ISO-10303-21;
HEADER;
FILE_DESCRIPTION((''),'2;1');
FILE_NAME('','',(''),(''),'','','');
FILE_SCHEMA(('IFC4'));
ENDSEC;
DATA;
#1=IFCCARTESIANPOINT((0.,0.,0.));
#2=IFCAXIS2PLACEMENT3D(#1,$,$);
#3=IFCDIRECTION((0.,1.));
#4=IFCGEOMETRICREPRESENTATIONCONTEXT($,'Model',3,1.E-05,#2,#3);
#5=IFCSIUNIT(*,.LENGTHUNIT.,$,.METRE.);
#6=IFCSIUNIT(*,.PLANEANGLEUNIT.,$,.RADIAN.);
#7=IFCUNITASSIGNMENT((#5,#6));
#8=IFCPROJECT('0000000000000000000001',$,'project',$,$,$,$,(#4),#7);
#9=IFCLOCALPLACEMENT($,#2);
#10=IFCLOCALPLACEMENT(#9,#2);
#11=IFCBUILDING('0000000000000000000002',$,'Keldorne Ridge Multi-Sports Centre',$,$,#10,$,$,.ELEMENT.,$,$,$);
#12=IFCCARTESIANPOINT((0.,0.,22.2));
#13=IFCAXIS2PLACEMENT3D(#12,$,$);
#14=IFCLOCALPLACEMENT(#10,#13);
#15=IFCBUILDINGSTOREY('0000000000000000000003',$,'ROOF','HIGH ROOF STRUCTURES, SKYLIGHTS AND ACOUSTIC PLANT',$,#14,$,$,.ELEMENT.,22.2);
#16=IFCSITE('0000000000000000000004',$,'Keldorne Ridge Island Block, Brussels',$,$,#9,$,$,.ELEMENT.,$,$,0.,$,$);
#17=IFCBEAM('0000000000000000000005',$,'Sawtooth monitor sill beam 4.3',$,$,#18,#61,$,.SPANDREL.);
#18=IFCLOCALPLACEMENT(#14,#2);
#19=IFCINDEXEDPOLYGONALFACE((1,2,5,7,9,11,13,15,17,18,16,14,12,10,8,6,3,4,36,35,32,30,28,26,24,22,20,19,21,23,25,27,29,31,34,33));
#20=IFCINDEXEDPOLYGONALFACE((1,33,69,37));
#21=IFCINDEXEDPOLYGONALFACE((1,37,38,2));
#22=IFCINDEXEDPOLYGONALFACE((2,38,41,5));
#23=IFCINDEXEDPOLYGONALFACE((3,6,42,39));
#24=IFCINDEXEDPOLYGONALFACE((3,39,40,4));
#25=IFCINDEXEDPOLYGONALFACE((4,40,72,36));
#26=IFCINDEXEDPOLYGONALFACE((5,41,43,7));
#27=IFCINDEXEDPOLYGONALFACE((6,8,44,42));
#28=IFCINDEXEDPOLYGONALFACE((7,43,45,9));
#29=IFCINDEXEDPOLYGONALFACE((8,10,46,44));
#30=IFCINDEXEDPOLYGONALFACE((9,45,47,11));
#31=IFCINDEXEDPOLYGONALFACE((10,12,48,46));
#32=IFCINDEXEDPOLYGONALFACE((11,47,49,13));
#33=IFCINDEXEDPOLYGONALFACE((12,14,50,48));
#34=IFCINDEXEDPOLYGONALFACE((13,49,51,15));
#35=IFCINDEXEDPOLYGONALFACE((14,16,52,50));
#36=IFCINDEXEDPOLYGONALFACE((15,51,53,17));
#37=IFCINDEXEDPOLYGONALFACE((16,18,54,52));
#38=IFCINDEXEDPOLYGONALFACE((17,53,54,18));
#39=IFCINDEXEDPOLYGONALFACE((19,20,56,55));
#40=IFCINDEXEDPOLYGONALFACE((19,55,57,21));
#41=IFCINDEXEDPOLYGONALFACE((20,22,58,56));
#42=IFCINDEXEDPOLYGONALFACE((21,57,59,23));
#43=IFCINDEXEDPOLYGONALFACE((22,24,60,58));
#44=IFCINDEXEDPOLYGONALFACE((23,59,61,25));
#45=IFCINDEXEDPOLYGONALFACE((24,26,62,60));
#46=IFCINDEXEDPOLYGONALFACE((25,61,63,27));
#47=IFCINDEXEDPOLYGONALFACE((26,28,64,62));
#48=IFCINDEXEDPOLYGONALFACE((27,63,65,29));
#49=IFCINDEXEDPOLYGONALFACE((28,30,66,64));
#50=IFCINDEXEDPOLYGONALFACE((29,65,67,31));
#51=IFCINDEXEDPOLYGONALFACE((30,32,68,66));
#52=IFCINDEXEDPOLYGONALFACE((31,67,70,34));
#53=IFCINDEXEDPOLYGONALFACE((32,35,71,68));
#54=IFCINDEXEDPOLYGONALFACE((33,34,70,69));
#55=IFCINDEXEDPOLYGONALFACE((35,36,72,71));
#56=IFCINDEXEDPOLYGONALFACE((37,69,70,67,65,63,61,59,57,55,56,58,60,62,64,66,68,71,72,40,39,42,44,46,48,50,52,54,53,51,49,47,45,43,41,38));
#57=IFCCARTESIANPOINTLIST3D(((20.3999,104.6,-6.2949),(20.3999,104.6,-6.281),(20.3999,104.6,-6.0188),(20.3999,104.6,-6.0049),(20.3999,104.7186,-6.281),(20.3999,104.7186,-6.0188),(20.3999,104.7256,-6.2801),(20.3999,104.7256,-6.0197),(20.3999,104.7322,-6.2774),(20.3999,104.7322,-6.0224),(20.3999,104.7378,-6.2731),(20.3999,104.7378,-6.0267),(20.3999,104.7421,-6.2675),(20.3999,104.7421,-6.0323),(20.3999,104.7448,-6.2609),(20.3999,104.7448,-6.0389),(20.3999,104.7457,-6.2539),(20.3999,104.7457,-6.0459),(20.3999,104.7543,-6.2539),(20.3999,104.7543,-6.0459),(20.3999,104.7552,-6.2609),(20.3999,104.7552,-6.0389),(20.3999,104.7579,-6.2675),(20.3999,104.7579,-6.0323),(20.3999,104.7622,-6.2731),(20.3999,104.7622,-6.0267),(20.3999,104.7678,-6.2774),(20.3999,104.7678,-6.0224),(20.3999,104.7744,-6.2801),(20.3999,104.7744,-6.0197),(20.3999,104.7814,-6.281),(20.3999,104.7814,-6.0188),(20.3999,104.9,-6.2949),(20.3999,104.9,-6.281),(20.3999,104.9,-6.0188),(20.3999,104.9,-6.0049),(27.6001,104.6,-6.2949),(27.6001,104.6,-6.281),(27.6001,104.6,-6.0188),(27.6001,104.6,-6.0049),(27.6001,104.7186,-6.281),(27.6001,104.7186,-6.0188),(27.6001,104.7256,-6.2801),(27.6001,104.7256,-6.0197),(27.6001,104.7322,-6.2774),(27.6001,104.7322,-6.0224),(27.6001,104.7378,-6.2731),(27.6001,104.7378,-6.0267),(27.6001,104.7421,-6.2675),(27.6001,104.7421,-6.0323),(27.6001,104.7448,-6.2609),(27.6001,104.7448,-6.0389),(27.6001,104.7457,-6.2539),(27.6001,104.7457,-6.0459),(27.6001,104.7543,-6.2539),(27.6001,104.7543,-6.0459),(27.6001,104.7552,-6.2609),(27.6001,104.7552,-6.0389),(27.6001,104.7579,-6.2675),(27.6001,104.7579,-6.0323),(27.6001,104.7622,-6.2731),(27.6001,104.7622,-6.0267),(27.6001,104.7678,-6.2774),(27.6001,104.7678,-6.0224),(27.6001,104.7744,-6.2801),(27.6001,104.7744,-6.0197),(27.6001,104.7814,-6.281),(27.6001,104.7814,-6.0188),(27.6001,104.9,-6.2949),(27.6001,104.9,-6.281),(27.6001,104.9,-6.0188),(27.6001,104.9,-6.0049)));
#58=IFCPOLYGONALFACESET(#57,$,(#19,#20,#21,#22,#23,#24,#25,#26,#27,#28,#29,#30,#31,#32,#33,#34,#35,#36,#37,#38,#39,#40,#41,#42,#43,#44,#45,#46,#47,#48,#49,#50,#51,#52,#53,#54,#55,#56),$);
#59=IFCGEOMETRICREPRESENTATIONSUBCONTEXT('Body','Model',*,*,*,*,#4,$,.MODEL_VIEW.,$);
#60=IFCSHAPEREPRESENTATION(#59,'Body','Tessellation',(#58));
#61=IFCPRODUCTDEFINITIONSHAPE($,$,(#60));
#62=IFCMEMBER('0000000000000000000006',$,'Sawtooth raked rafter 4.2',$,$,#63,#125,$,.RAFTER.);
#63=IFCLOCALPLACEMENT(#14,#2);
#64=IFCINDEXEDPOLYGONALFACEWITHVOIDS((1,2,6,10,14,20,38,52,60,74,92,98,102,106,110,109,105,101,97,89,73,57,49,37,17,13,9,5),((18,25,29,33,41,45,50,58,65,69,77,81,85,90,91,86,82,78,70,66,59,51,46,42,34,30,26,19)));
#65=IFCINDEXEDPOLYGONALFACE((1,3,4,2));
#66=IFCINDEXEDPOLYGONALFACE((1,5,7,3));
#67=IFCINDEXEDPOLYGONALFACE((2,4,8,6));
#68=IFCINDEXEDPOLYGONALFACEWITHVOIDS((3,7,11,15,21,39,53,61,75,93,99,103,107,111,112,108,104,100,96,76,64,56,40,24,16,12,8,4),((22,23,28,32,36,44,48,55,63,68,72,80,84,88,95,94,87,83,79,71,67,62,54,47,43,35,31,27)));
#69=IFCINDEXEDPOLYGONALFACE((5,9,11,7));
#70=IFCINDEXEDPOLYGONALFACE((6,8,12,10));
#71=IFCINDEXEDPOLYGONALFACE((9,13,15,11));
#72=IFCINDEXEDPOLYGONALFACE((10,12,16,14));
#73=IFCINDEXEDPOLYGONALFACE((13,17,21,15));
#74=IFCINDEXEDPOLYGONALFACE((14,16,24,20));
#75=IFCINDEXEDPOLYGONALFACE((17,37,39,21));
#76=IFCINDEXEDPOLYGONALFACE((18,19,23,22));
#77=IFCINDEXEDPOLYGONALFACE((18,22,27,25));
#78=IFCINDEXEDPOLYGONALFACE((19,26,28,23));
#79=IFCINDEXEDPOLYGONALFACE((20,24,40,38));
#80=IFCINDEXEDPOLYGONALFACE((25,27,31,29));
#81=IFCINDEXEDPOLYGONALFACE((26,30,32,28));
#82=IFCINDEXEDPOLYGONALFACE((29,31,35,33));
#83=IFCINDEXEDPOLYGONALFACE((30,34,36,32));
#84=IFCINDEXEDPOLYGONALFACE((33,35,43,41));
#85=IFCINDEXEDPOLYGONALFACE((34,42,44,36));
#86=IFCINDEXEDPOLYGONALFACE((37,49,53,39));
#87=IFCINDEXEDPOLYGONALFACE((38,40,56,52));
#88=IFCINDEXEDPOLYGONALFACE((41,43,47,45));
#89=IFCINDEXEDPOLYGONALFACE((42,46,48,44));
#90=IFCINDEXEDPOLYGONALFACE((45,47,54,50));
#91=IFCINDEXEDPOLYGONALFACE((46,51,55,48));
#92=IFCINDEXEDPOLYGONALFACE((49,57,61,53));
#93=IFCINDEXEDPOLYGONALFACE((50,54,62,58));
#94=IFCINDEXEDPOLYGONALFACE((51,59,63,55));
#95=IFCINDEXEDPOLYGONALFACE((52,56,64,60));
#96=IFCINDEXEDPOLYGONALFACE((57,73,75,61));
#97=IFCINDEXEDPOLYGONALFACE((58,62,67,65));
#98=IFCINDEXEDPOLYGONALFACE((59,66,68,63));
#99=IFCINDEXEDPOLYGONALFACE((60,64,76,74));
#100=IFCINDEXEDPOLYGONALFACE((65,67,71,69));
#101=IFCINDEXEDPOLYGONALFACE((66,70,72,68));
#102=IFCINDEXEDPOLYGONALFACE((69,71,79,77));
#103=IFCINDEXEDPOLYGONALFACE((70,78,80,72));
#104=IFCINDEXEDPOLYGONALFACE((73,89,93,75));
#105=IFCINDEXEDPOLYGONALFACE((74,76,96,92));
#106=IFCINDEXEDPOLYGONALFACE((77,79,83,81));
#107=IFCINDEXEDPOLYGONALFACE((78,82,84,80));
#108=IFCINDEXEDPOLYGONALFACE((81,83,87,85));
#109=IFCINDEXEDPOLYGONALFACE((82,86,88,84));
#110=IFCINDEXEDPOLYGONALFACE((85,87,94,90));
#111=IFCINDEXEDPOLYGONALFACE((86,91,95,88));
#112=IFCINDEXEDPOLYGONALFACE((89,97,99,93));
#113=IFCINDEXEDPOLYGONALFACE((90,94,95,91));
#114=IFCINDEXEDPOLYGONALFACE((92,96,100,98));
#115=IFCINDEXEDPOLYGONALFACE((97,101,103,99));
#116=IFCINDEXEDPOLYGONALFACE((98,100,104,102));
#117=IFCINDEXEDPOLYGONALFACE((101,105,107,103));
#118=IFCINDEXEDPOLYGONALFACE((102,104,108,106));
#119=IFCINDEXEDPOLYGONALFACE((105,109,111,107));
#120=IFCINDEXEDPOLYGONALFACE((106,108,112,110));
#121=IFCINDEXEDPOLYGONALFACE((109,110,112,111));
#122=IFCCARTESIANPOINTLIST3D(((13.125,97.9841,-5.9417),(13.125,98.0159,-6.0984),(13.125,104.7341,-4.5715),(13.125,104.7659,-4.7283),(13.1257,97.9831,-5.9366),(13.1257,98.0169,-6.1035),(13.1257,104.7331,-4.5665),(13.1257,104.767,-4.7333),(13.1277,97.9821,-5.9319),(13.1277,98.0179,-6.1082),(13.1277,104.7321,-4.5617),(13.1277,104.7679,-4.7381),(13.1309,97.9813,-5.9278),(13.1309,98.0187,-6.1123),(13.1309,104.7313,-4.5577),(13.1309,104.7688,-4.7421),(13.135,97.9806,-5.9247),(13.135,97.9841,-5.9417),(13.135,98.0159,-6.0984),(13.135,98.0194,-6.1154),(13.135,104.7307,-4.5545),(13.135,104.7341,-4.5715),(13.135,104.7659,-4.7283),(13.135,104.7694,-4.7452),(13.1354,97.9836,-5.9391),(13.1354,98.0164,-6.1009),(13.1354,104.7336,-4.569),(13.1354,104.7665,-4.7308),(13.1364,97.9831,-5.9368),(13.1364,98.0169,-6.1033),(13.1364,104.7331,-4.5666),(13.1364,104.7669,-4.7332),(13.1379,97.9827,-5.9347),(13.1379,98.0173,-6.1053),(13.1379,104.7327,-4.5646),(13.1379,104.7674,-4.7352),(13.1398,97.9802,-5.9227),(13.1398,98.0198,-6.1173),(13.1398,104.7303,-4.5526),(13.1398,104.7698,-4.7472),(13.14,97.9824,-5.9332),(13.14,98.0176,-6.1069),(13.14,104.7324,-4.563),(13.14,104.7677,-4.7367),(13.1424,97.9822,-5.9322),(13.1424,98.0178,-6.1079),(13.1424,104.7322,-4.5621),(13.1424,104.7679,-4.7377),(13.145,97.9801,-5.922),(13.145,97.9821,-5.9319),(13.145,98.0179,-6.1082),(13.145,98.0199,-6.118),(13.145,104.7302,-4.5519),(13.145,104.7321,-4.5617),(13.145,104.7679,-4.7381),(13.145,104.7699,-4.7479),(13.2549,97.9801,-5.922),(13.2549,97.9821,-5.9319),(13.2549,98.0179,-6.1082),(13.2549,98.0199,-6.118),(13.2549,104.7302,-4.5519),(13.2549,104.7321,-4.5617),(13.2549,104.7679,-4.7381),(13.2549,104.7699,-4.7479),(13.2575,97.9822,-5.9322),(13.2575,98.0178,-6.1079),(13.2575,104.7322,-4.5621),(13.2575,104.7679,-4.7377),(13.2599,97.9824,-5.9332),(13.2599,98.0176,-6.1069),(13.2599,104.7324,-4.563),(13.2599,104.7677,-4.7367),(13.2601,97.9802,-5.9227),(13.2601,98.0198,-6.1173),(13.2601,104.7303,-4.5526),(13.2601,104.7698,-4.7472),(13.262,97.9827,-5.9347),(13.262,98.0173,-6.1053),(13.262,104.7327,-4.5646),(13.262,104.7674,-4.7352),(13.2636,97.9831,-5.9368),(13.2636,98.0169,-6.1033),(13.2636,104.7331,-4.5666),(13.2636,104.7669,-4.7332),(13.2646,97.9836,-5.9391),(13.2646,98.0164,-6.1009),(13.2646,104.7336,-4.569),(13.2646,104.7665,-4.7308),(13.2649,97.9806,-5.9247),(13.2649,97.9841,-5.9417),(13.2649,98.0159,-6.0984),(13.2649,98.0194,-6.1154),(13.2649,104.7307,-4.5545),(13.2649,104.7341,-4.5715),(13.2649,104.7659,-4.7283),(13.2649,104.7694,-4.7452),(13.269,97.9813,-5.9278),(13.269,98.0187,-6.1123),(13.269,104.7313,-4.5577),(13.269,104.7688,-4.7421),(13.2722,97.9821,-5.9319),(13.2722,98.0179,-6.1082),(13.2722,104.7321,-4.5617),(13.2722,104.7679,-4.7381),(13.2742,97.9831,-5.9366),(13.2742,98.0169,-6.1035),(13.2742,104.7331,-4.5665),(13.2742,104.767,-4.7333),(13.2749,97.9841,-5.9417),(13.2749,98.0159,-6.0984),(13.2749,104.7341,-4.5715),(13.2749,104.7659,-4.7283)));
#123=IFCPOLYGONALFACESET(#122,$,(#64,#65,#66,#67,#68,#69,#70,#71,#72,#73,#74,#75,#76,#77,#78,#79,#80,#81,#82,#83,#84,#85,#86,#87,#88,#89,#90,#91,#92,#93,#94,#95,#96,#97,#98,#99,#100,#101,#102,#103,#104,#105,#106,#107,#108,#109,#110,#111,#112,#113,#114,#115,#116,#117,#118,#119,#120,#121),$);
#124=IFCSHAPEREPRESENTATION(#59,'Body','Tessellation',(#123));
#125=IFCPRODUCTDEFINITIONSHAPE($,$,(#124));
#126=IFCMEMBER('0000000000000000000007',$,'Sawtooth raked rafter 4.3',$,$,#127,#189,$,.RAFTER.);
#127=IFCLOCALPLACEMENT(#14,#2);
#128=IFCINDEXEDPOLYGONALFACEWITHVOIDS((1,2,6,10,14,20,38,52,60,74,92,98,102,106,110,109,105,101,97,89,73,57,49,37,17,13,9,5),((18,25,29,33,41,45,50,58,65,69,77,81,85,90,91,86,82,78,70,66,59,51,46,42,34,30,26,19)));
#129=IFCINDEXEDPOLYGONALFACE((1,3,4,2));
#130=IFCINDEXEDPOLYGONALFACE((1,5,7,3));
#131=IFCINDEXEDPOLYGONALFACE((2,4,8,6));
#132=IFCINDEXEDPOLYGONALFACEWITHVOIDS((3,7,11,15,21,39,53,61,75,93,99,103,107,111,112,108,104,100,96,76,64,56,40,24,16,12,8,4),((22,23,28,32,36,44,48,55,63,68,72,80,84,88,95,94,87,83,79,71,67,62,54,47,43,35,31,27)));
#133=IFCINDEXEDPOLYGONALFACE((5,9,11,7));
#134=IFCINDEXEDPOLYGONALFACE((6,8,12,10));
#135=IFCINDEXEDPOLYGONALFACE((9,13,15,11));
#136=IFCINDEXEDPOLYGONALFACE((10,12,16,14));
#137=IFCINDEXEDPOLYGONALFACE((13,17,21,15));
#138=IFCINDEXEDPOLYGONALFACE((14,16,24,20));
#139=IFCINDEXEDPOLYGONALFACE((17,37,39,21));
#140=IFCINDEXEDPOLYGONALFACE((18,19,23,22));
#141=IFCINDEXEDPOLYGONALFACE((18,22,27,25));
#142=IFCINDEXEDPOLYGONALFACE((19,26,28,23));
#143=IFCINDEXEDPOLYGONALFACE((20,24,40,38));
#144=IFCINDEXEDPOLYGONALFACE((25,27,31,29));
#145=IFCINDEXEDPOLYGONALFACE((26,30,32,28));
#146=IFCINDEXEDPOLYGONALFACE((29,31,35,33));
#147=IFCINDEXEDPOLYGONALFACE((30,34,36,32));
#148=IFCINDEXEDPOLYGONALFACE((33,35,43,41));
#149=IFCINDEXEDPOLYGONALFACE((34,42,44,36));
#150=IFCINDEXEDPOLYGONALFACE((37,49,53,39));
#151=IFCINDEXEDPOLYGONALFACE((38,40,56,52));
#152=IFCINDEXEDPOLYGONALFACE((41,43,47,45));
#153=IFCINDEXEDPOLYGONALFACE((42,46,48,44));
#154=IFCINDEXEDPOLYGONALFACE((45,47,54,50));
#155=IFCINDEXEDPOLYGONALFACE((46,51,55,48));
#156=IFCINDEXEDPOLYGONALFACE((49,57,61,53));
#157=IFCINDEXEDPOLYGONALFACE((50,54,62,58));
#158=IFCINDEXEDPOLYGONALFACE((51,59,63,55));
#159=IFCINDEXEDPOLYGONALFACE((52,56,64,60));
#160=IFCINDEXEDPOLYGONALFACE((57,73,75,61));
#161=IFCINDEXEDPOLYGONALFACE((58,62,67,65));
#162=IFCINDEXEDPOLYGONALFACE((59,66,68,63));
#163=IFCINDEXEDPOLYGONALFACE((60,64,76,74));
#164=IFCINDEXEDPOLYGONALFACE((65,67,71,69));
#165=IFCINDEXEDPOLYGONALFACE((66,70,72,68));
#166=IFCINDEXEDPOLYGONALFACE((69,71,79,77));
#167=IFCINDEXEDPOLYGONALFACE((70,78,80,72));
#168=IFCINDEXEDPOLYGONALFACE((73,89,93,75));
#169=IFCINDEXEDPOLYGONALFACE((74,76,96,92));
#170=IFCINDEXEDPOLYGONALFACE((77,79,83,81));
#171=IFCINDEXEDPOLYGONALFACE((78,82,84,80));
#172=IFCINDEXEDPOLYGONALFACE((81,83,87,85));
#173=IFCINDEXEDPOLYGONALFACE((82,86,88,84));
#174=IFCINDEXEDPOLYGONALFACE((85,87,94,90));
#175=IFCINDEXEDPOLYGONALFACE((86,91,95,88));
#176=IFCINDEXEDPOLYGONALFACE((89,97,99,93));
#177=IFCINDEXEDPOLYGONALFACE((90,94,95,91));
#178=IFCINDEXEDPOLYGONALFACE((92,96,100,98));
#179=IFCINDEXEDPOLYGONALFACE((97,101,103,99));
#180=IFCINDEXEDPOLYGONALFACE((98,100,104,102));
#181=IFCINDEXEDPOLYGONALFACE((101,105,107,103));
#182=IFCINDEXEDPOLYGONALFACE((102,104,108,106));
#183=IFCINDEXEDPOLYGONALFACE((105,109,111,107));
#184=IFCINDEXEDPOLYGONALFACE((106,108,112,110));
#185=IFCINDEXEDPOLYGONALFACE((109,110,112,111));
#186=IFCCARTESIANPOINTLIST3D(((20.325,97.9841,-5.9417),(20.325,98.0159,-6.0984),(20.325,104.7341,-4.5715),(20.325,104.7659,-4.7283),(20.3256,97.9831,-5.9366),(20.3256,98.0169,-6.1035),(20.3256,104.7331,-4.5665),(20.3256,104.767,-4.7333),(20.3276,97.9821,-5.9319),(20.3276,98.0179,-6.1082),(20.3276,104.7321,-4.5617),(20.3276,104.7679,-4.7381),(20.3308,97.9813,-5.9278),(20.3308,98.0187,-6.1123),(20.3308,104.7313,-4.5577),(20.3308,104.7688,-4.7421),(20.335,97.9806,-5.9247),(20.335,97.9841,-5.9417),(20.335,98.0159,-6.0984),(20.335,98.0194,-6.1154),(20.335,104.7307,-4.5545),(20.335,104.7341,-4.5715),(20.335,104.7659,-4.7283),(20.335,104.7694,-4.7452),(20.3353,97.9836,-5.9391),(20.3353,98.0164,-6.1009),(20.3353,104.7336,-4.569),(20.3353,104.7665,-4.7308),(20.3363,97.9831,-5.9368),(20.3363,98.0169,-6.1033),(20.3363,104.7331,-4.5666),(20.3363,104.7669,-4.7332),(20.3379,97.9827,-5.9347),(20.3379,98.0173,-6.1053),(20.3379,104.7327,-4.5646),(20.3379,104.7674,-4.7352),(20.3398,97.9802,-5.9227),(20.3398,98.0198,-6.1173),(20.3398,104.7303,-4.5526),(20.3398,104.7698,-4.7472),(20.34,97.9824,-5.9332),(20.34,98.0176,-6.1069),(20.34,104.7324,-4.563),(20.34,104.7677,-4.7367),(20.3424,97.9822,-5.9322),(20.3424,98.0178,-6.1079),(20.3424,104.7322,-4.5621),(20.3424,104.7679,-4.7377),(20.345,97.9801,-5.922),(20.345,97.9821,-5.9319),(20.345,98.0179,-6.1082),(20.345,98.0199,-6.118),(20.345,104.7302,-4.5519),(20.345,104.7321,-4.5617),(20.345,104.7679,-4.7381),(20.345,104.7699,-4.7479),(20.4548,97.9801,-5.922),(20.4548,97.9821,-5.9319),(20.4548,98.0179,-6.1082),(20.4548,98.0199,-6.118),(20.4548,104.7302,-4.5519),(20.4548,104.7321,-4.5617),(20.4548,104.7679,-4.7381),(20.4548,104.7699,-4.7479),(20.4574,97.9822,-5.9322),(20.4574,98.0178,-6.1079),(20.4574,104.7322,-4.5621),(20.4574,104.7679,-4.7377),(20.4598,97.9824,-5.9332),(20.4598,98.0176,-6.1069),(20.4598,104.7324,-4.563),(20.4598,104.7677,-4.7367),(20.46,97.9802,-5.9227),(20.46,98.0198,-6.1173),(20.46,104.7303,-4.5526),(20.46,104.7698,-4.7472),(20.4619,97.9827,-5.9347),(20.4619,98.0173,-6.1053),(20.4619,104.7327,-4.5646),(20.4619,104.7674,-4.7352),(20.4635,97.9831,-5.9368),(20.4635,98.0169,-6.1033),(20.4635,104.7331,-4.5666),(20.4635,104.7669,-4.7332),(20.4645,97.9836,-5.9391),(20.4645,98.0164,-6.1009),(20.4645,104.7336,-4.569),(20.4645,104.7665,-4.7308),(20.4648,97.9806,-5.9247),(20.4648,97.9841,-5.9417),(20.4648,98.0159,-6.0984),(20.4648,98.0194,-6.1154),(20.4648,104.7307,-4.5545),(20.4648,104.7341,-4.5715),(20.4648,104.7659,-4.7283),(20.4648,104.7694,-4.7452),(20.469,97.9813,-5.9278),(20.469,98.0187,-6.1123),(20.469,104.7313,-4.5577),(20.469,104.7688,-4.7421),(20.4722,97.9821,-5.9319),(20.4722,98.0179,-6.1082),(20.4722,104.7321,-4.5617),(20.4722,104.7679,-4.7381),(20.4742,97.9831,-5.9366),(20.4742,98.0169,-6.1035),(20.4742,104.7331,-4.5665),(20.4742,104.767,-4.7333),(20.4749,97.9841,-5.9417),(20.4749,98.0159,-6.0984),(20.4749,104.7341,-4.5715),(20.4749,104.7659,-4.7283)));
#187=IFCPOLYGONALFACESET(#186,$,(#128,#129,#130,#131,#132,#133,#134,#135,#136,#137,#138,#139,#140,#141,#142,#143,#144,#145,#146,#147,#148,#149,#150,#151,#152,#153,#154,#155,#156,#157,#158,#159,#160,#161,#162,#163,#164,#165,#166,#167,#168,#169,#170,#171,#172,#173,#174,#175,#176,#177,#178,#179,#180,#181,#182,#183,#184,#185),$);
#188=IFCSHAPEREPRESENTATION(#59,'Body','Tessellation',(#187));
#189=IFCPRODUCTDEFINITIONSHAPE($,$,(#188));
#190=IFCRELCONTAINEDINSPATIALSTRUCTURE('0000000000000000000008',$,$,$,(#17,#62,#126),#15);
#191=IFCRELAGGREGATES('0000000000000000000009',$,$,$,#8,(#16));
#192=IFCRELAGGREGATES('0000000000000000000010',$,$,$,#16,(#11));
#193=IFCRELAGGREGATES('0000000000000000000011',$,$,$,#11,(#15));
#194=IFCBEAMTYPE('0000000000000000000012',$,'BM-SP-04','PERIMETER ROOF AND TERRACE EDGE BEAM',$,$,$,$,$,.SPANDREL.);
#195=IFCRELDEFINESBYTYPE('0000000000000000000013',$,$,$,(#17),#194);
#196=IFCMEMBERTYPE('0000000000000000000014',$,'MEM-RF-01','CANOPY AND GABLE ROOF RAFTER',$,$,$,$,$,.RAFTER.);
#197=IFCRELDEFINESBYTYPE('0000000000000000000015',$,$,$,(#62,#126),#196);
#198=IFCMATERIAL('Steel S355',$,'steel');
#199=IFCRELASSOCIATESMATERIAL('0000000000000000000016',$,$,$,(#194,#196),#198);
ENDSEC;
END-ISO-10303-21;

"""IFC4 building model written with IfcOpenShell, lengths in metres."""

from ifc_helpers import new_model, si_unit, direction, frame, origin, origin_2d, place, context, subcontext, project, spatial, hollow_rectangle, i_section, extrude, material, material_profile, profile_set, type_object, element, save


model = new_model("IFC4")

# Units and contexts
model_context = context("Model", 3, precision=1e-05, world=origin(), true_north=direction((0.0, 1.0)))
body_context = subcontext(model_context, "Body", "Model", "MODEL_VIEW")
ifc_project = project(units=[si_unit("LENGTHUNIT", "METRE"), si_unit("PLANEANGLEUNIT", "RADIAN")], contexts=[model_context])

# Site, building, storey
site_placement = place(None, origin())
site = spatial("IfcSite", under=ifc_project, at=site_placement, Name="Keldorne Ridge Island Block, Brussels", CompositionType="ELEMENT", RefElevation=0.0)
building_placement = place(site_placement, origin())
building = spatial("IfcBuilding", under=site, at=building_placement, Name="Keldorne Ridge Multi-Sports Centre", CompositionType="ELEMENT")
storey_placement = place(building_placement, frame((0.0, 0.0, 22.2)))
storey = spatial("IfcBuildingStorey", under=building, at=storey_placement, Name="ROOF", Description="HIGH ROOF STRUCTURES, SKYLIGHTS AND ACOUSTIC PLANT", CompositionType="ELEMENT", Elevation=22.2)

# Beam
ifc_material_1 = material(Name="Steel S355", Category="steel")
ifc_material_profile_1 = material_profile(ifc_material_1, i_section(OverallWidth=0.3, OverallDepth=0.29, WebThickness=0.0085, FlangeThickness=0.0139, FilletRadius=0.0271, at=origin_2d()), Name="HEA 300")
ifc_profile_set_1 = profile_set([ifc_material_profile_1], Name="Steel S355")
beam_type_1 = type_object("IfcBeamType", Name="BM-SP-04", Description="PERIMETER ROOF AND TERRACE EDGE BEAM", PredefinedType="SPANDREL", material=ifc_profile_set_1)
beam_1_placement = place(storey_placement, frame((20.3999, 104.75, -6.1499), z_axis=(1.0, 0.0, 0.0), x_axis=(0.0, 1.0, 0.0)))
element("IfcBeam", 1, at=beam_1_placement, inside=storey, type_object=beam_type_1, Name="Sawtooth monitor sill beam 4.3", PredefinedType="SPANDREL", context=body_context, shape_type="SweptSolid", body=[
    extrude(i_section(OverallWidth=0.3, OverallDepth=0.29, WebThickness=0.0085, FlangeThickness=0.0139, FilletRadius=0.0271, at=origin_2d()), origin(), (0.0, 0.0, 1.0), 7.2002),
])

# Members
ifc_material_profile_2 = material_profile(ifc_material_1, hollow_rectangle(XDim=0.1499, YDim=0.2, WallThickness=0.01, InnerFilletRadius=0.01, OuterFilletRadius=0.02, at=origin_2d()), Name="RHS 200x150x10")
ifc_profile_set_2 = profile_set([ifc_material_profile_2], Name="Steel S355")
member_type_1 = type_object("IfcMemberType", Name="MEM-RF-01", Description="CANOPY AND GABLE ROOF RAFTER", PredefinedType="RAFTER", material=ifc_profile_set_2)
for number, where, z_axis, x_axis, name in (
    (2, (13.2, 98.0, -6.02), (0.0, 0.980015, 0.198924), (-1.0, 0.0, 0.0), "Sawtooth raked rafter 4.2"),
    (3, (20.3999, 98.0, -6.02), (0.0, 0.980015, 0.198924), (-1.0, 0.0, 0.0), "Sawtooth raked rafter 4.3"),
):
    element("IfcMember", number, at=place(storey_placement, frame(where, z_axis=z_axis, x_axis=x_axis)), inside=storey, type_object=member_type_1, Name=name, PredefinedType="RAFTER", context=body_context, shape_type="SweptSolid", body=[
        extrude(hollow_rectangle(XDim=0.1499, YDim=0.2, WallThickness=0.01, InnerFilletRadius=0.01, OuterFilletRadius=0.02, at=origin_2d()), origin(), (0.0, 0.0, 1.0), 6.8877),
    ])

save(model, "model.ifc")
